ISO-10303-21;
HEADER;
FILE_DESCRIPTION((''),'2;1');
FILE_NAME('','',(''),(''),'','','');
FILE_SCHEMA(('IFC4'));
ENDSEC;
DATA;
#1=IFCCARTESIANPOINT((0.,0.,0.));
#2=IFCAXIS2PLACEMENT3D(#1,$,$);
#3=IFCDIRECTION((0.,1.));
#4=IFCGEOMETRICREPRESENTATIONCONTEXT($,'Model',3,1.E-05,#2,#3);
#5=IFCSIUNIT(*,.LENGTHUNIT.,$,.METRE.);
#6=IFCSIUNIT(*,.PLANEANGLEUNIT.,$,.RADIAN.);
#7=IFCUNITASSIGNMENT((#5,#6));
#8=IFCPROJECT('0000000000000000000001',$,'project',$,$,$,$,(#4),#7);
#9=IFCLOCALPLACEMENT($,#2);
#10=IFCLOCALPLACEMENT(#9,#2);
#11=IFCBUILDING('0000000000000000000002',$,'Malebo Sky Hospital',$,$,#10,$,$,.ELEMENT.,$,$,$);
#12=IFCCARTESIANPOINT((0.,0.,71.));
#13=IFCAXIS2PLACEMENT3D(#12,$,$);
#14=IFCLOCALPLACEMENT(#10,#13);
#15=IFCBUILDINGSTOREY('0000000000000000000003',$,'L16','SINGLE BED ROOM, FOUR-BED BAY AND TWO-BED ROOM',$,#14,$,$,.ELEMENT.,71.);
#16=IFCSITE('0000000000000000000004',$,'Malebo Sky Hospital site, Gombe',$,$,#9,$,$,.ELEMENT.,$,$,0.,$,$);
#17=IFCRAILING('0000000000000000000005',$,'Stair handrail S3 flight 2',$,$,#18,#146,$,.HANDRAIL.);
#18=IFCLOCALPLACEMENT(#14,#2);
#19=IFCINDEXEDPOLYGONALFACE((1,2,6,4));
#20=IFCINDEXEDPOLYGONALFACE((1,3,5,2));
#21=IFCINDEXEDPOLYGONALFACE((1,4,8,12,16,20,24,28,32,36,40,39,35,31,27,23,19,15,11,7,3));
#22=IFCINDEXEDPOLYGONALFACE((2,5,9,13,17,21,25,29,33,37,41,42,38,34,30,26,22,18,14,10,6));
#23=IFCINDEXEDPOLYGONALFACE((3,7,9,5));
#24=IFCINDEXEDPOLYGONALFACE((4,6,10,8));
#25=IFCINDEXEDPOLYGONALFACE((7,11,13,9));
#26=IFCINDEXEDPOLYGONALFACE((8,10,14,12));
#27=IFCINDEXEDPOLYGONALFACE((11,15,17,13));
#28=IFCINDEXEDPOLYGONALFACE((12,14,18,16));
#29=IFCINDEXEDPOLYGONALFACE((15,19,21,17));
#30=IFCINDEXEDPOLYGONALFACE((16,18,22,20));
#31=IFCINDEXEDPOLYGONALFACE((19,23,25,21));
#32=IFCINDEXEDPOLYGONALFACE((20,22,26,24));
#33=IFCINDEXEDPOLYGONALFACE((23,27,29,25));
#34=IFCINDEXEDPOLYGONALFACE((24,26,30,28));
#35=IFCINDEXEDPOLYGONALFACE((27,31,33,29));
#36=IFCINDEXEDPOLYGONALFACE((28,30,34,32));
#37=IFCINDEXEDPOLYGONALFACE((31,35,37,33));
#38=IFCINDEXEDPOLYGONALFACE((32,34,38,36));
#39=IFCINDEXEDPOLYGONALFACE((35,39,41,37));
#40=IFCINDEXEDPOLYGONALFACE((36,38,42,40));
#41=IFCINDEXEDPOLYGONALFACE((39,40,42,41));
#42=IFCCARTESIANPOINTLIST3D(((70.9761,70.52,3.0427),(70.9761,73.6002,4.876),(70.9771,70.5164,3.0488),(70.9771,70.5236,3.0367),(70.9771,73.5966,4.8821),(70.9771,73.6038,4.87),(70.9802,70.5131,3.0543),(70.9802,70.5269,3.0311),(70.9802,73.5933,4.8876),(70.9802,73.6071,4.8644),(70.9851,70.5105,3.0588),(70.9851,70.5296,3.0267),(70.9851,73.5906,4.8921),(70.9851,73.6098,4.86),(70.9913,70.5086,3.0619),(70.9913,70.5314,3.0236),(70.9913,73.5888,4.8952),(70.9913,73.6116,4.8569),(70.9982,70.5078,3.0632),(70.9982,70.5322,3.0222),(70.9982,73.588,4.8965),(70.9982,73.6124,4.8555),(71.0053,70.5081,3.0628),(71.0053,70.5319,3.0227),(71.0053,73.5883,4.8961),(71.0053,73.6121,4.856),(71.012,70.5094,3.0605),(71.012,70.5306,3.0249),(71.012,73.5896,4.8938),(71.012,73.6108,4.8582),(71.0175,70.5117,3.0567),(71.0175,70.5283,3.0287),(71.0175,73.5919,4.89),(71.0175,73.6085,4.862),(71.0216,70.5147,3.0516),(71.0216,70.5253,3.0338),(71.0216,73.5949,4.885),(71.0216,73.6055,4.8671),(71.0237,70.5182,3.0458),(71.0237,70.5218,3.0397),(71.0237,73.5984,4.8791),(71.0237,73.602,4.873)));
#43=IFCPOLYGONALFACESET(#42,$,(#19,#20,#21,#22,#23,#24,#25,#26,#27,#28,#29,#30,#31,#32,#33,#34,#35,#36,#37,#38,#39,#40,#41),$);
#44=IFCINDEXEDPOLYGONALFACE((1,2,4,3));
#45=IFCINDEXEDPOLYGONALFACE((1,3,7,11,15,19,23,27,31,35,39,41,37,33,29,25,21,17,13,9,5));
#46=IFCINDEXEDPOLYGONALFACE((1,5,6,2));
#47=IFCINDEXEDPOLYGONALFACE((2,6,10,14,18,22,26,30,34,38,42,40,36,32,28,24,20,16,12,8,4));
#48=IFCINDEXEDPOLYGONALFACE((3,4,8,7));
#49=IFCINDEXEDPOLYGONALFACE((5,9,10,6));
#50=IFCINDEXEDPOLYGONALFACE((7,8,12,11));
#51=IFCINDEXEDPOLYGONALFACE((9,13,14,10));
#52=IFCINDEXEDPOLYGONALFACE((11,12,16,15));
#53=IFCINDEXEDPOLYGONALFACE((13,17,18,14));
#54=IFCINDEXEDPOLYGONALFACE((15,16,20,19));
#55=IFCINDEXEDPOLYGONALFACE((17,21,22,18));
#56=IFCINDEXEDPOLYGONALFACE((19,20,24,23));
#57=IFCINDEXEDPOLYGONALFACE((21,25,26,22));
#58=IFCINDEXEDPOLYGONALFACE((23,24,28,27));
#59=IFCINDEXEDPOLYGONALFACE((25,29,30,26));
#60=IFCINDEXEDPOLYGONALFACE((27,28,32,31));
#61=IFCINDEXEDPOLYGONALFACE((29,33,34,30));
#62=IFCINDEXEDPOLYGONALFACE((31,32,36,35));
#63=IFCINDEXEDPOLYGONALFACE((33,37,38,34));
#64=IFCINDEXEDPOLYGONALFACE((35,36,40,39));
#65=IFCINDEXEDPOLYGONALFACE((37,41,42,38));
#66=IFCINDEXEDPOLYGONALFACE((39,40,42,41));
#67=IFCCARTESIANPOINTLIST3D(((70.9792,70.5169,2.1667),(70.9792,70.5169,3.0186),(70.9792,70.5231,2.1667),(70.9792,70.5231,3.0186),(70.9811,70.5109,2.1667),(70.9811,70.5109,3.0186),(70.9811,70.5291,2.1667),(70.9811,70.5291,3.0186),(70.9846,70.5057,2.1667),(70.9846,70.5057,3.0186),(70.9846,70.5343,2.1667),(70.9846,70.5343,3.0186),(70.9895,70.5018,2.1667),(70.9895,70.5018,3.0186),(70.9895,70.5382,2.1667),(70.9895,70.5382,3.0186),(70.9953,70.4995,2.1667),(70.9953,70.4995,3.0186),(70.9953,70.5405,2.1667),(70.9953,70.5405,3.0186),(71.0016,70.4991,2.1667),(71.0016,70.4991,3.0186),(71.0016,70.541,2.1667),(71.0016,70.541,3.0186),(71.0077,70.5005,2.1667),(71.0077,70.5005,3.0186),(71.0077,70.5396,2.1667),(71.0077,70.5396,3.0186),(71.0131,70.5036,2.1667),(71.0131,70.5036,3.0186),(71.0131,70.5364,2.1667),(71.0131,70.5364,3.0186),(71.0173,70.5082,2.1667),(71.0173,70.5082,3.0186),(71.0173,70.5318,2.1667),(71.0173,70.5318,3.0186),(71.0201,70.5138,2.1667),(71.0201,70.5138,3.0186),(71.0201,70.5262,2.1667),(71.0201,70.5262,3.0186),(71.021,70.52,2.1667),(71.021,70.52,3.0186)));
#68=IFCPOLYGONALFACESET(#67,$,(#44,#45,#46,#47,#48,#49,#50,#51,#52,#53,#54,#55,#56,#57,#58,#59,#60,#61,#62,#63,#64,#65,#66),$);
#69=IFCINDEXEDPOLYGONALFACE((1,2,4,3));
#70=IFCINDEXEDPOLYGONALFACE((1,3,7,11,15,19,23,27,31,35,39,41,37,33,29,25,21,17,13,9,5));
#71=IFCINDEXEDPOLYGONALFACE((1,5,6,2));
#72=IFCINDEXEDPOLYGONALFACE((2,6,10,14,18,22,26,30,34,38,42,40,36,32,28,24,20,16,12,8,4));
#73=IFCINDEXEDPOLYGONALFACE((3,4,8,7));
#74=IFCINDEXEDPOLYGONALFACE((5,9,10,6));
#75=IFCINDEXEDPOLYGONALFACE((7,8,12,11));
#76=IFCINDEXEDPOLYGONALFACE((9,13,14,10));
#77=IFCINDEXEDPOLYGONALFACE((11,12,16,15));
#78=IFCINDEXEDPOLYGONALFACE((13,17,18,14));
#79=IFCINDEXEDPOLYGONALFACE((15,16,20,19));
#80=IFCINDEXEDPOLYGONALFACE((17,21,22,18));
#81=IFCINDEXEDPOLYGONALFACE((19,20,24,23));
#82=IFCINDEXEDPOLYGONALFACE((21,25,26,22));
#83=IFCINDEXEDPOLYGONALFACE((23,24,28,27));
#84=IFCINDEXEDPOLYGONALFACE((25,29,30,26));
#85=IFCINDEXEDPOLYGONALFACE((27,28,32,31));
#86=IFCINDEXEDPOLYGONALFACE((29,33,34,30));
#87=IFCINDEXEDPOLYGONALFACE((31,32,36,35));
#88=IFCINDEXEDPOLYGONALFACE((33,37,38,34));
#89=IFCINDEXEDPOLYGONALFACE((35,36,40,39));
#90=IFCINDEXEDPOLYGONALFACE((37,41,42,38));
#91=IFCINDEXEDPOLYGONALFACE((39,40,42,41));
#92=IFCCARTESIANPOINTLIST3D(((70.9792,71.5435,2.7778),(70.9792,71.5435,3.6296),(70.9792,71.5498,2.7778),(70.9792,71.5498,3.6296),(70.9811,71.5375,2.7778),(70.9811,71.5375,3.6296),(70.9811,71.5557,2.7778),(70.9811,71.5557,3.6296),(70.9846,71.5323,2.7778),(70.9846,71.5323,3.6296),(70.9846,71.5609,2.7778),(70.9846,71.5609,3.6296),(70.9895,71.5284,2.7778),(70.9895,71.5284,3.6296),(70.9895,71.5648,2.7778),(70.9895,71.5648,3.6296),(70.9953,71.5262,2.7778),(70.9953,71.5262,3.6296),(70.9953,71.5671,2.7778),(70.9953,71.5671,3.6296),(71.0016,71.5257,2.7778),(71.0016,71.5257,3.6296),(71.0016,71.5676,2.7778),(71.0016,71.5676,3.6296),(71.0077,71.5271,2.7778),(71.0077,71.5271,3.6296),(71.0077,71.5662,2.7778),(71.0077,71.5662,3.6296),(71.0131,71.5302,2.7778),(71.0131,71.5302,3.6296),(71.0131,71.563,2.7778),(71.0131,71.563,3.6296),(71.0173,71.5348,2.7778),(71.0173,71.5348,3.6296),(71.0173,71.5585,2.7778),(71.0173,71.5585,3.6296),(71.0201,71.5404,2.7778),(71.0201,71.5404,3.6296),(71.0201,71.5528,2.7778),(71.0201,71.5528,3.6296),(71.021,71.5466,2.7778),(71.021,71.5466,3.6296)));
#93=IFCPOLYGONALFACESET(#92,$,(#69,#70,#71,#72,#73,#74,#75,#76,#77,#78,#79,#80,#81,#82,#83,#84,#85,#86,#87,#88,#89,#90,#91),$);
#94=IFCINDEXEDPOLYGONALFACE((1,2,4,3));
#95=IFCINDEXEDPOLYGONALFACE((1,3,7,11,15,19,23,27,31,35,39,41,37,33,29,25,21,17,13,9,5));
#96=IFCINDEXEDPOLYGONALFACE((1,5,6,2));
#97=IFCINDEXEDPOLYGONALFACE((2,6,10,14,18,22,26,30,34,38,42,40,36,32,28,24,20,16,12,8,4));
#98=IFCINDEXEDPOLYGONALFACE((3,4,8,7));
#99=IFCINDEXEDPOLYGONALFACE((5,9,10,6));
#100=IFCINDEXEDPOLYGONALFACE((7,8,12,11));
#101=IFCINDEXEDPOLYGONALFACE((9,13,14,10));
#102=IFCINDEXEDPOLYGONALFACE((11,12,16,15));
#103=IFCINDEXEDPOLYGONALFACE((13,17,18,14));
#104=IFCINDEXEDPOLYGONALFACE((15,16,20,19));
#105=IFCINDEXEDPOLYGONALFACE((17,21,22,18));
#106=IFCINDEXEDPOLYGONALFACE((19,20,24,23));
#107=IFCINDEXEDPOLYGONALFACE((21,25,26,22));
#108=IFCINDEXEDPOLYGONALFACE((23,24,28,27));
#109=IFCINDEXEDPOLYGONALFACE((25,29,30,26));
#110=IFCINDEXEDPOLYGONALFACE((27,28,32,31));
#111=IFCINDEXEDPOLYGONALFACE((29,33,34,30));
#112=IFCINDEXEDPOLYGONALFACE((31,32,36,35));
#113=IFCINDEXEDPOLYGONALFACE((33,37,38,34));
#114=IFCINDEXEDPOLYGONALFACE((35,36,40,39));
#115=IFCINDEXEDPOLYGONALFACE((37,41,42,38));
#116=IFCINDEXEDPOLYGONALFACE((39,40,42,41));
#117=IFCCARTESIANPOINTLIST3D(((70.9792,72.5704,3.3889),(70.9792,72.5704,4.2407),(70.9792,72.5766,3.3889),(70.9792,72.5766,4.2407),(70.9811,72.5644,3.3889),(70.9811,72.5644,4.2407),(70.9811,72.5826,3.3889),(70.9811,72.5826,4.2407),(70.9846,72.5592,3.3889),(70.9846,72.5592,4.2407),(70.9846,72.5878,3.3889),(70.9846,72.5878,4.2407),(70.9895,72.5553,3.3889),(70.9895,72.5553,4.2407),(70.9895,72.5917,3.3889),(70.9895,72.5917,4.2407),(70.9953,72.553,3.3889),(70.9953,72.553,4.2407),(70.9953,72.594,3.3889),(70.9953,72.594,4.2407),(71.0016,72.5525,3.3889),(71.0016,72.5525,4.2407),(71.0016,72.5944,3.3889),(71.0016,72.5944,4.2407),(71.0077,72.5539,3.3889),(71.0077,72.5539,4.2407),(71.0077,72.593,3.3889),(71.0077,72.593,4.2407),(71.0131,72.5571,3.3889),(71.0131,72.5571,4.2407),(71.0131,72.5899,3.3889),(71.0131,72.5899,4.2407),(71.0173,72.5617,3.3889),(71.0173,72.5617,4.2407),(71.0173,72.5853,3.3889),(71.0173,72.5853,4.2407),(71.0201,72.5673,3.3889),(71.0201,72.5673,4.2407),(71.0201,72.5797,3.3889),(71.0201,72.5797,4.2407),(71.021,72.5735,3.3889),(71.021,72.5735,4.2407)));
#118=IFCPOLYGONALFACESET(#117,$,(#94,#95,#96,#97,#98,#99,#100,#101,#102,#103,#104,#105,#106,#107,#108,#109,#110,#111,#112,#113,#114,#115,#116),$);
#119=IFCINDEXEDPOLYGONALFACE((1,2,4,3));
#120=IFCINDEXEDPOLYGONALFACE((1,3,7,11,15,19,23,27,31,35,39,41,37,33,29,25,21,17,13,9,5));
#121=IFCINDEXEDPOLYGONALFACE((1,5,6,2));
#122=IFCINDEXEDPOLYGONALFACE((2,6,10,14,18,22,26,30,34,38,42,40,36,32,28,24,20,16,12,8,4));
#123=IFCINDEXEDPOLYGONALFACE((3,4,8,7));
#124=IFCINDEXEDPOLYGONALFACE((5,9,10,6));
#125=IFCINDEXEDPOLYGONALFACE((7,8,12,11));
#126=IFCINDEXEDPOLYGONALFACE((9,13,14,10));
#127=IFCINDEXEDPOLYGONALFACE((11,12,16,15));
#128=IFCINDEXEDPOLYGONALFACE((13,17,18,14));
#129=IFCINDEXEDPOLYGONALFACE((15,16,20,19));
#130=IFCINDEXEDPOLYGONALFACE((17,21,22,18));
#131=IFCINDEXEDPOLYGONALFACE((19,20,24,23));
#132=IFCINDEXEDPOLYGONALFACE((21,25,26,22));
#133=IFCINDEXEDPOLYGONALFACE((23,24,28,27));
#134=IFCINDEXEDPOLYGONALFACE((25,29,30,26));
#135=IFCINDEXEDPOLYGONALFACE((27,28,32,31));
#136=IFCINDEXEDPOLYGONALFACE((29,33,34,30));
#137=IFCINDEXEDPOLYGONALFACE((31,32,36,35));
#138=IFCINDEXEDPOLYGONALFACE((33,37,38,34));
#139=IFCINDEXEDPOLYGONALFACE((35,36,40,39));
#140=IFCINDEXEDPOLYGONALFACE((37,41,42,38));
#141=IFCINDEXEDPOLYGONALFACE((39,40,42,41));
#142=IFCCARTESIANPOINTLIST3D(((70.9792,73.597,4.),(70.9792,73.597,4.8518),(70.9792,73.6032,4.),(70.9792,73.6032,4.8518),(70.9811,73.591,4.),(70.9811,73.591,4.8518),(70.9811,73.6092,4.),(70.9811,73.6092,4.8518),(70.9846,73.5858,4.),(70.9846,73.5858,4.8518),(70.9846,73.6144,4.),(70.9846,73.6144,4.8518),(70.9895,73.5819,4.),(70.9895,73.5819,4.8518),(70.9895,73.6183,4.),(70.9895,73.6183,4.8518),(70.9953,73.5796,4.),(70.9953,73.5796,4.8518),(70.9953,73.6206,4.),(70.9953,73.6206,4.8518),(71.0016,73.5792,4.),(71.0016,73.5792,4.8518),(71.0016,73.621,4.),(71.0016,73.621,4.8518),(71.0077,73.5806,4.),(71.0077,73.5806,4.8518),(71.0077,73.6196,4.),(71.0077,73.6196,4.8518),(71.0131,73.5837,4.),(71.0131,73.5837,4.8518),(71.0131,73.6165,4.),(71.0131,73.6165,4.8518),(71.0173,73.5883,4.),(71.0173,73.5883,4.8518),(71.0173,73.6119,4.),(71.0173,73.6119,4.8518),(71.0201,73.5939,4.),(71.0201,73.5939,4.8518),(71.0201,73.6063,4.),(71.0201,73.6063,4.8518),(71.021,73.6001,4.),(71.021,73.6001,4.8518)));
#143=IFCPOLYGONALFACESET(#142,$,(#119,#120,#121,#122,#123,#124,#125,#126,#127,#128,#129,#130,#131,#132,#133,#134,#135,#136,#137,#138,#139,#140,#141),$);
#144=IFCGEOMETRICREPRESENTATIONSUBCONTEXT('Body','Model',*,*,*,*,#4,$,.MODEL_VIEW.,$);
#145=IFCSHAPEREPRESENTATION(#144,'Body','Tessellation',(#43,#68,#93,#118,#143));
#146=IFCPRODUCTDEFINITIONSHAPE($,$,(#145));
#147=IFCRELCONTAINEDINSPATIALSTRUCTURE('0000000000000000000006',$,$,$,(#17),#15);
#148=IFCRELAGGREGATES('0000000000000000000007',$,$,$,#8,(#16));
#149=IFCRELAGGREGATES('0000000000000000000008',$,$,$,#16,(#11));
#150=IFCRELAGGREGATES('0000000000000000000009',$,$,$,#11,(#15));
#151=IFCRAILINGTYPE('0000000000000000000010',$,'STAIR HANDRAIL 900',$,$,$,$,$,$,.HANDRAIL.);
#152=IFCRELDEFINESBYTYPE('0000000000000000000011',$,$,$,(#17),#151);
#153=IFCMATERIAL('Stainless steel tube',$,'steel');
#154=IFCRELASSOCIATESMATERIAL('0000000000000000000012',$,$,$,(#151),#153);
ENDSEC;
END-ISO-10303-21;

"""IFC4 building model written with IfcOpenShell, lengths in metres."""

from ifc_helpers import new_model, si_unit, direction, frame, origin, origin_2d, place, context, subcontext, project, spatial, circle, extrude, material, type_object, element, save


model = new_model("IFC4")

# Units and contexts
model_context = context("Model", 3, precision=1e-05, world=origin(), true_north=direction((0.0, 1.0)))
body_context = subcontext(model_context, "Body", "Model", "MODEL_VIEW")
ifc_project = project(units=[si_unit("LENGTHUNIT", "METRE"), si_unit("PLANEANGLEUNIT", "RADIAN")], contexts=[model_context])

# Site, building, storey
site_placement = place(None, origin())
site = spatial("IfcSite", under=ifc_project, at=site_placement, Name="Malebo Sky Hospital site, Gombe", CompositionType="ELEMENT", RefElevation=0.0)
building_placement = place(site_placement, origin())
building = spatial("IfcBuilding", under=site, at=building_placement, Name="Malebo Sky Hospital", CompositionType="ELEMENT")
storey_placement = place(building_placement, frame((0.0, 0.0, 71.0)))
storey = spatial("IfcBuildingStorey", under=building, at=storey_placement, Name="L16", Description="SINGLE BED ROOM, FOUR-BED BAY AND TWO-BED ROOM", CompositionType="ELEMENT", Elevation=71.0)

# Railing
ifc_material_1 = material(Name="Stainless steel tube", Category="steel")
railing_type = type_object("IfcRailingType", Name="STAIR HANDRAIL 900", PredefinedType="HANDRAIL", material=ifc_material_1)
railing_1_placement = place(storey_placement, frame((71.0, 70.52, 2.1667)))
element("IfcRailing", 1, at=railing_1_placement, inside=storey, type_object=railing_type, Name="Stair handrail S3 flight 2", PredefinedType="HANDRAIL", context=body_context, shape_type="SweptSolid", body=[
    extrude(circle(Radius=0.0239, at=origin_2d()), frame((0.0, 0.0, 0.876), z_axis=(0.0, 0.859309, 0.511458), x_axis=(-1.0, 0.0, 0.0)), (0.0, 0.0, 1.0), 3.5845),
    extrude(circle(Radius=0.021, at=origin_2d()), origin(), (0.0, 0.0, 1.0), 0.8518),
    extrude(circle(Radius=0.021, at=origin_2d()), frame((0.0, 1.0266, 0.6111)), (0.0, 0.0, 1.0), 0.8518),
    extrude(circle(Radius=0.021, at=origin_2d()), frame((0.0, 2.0535, 1.2222)), (0.0, 0.0, 1.0), 0.8518),
    extrude(circle(Radius=0.021, at=origin_2d()), frame((0.0, 3.0801, 1.8333)), (0.0, 0.0, 1.0), 0.8518),
])

save(model, "model.ifc")
